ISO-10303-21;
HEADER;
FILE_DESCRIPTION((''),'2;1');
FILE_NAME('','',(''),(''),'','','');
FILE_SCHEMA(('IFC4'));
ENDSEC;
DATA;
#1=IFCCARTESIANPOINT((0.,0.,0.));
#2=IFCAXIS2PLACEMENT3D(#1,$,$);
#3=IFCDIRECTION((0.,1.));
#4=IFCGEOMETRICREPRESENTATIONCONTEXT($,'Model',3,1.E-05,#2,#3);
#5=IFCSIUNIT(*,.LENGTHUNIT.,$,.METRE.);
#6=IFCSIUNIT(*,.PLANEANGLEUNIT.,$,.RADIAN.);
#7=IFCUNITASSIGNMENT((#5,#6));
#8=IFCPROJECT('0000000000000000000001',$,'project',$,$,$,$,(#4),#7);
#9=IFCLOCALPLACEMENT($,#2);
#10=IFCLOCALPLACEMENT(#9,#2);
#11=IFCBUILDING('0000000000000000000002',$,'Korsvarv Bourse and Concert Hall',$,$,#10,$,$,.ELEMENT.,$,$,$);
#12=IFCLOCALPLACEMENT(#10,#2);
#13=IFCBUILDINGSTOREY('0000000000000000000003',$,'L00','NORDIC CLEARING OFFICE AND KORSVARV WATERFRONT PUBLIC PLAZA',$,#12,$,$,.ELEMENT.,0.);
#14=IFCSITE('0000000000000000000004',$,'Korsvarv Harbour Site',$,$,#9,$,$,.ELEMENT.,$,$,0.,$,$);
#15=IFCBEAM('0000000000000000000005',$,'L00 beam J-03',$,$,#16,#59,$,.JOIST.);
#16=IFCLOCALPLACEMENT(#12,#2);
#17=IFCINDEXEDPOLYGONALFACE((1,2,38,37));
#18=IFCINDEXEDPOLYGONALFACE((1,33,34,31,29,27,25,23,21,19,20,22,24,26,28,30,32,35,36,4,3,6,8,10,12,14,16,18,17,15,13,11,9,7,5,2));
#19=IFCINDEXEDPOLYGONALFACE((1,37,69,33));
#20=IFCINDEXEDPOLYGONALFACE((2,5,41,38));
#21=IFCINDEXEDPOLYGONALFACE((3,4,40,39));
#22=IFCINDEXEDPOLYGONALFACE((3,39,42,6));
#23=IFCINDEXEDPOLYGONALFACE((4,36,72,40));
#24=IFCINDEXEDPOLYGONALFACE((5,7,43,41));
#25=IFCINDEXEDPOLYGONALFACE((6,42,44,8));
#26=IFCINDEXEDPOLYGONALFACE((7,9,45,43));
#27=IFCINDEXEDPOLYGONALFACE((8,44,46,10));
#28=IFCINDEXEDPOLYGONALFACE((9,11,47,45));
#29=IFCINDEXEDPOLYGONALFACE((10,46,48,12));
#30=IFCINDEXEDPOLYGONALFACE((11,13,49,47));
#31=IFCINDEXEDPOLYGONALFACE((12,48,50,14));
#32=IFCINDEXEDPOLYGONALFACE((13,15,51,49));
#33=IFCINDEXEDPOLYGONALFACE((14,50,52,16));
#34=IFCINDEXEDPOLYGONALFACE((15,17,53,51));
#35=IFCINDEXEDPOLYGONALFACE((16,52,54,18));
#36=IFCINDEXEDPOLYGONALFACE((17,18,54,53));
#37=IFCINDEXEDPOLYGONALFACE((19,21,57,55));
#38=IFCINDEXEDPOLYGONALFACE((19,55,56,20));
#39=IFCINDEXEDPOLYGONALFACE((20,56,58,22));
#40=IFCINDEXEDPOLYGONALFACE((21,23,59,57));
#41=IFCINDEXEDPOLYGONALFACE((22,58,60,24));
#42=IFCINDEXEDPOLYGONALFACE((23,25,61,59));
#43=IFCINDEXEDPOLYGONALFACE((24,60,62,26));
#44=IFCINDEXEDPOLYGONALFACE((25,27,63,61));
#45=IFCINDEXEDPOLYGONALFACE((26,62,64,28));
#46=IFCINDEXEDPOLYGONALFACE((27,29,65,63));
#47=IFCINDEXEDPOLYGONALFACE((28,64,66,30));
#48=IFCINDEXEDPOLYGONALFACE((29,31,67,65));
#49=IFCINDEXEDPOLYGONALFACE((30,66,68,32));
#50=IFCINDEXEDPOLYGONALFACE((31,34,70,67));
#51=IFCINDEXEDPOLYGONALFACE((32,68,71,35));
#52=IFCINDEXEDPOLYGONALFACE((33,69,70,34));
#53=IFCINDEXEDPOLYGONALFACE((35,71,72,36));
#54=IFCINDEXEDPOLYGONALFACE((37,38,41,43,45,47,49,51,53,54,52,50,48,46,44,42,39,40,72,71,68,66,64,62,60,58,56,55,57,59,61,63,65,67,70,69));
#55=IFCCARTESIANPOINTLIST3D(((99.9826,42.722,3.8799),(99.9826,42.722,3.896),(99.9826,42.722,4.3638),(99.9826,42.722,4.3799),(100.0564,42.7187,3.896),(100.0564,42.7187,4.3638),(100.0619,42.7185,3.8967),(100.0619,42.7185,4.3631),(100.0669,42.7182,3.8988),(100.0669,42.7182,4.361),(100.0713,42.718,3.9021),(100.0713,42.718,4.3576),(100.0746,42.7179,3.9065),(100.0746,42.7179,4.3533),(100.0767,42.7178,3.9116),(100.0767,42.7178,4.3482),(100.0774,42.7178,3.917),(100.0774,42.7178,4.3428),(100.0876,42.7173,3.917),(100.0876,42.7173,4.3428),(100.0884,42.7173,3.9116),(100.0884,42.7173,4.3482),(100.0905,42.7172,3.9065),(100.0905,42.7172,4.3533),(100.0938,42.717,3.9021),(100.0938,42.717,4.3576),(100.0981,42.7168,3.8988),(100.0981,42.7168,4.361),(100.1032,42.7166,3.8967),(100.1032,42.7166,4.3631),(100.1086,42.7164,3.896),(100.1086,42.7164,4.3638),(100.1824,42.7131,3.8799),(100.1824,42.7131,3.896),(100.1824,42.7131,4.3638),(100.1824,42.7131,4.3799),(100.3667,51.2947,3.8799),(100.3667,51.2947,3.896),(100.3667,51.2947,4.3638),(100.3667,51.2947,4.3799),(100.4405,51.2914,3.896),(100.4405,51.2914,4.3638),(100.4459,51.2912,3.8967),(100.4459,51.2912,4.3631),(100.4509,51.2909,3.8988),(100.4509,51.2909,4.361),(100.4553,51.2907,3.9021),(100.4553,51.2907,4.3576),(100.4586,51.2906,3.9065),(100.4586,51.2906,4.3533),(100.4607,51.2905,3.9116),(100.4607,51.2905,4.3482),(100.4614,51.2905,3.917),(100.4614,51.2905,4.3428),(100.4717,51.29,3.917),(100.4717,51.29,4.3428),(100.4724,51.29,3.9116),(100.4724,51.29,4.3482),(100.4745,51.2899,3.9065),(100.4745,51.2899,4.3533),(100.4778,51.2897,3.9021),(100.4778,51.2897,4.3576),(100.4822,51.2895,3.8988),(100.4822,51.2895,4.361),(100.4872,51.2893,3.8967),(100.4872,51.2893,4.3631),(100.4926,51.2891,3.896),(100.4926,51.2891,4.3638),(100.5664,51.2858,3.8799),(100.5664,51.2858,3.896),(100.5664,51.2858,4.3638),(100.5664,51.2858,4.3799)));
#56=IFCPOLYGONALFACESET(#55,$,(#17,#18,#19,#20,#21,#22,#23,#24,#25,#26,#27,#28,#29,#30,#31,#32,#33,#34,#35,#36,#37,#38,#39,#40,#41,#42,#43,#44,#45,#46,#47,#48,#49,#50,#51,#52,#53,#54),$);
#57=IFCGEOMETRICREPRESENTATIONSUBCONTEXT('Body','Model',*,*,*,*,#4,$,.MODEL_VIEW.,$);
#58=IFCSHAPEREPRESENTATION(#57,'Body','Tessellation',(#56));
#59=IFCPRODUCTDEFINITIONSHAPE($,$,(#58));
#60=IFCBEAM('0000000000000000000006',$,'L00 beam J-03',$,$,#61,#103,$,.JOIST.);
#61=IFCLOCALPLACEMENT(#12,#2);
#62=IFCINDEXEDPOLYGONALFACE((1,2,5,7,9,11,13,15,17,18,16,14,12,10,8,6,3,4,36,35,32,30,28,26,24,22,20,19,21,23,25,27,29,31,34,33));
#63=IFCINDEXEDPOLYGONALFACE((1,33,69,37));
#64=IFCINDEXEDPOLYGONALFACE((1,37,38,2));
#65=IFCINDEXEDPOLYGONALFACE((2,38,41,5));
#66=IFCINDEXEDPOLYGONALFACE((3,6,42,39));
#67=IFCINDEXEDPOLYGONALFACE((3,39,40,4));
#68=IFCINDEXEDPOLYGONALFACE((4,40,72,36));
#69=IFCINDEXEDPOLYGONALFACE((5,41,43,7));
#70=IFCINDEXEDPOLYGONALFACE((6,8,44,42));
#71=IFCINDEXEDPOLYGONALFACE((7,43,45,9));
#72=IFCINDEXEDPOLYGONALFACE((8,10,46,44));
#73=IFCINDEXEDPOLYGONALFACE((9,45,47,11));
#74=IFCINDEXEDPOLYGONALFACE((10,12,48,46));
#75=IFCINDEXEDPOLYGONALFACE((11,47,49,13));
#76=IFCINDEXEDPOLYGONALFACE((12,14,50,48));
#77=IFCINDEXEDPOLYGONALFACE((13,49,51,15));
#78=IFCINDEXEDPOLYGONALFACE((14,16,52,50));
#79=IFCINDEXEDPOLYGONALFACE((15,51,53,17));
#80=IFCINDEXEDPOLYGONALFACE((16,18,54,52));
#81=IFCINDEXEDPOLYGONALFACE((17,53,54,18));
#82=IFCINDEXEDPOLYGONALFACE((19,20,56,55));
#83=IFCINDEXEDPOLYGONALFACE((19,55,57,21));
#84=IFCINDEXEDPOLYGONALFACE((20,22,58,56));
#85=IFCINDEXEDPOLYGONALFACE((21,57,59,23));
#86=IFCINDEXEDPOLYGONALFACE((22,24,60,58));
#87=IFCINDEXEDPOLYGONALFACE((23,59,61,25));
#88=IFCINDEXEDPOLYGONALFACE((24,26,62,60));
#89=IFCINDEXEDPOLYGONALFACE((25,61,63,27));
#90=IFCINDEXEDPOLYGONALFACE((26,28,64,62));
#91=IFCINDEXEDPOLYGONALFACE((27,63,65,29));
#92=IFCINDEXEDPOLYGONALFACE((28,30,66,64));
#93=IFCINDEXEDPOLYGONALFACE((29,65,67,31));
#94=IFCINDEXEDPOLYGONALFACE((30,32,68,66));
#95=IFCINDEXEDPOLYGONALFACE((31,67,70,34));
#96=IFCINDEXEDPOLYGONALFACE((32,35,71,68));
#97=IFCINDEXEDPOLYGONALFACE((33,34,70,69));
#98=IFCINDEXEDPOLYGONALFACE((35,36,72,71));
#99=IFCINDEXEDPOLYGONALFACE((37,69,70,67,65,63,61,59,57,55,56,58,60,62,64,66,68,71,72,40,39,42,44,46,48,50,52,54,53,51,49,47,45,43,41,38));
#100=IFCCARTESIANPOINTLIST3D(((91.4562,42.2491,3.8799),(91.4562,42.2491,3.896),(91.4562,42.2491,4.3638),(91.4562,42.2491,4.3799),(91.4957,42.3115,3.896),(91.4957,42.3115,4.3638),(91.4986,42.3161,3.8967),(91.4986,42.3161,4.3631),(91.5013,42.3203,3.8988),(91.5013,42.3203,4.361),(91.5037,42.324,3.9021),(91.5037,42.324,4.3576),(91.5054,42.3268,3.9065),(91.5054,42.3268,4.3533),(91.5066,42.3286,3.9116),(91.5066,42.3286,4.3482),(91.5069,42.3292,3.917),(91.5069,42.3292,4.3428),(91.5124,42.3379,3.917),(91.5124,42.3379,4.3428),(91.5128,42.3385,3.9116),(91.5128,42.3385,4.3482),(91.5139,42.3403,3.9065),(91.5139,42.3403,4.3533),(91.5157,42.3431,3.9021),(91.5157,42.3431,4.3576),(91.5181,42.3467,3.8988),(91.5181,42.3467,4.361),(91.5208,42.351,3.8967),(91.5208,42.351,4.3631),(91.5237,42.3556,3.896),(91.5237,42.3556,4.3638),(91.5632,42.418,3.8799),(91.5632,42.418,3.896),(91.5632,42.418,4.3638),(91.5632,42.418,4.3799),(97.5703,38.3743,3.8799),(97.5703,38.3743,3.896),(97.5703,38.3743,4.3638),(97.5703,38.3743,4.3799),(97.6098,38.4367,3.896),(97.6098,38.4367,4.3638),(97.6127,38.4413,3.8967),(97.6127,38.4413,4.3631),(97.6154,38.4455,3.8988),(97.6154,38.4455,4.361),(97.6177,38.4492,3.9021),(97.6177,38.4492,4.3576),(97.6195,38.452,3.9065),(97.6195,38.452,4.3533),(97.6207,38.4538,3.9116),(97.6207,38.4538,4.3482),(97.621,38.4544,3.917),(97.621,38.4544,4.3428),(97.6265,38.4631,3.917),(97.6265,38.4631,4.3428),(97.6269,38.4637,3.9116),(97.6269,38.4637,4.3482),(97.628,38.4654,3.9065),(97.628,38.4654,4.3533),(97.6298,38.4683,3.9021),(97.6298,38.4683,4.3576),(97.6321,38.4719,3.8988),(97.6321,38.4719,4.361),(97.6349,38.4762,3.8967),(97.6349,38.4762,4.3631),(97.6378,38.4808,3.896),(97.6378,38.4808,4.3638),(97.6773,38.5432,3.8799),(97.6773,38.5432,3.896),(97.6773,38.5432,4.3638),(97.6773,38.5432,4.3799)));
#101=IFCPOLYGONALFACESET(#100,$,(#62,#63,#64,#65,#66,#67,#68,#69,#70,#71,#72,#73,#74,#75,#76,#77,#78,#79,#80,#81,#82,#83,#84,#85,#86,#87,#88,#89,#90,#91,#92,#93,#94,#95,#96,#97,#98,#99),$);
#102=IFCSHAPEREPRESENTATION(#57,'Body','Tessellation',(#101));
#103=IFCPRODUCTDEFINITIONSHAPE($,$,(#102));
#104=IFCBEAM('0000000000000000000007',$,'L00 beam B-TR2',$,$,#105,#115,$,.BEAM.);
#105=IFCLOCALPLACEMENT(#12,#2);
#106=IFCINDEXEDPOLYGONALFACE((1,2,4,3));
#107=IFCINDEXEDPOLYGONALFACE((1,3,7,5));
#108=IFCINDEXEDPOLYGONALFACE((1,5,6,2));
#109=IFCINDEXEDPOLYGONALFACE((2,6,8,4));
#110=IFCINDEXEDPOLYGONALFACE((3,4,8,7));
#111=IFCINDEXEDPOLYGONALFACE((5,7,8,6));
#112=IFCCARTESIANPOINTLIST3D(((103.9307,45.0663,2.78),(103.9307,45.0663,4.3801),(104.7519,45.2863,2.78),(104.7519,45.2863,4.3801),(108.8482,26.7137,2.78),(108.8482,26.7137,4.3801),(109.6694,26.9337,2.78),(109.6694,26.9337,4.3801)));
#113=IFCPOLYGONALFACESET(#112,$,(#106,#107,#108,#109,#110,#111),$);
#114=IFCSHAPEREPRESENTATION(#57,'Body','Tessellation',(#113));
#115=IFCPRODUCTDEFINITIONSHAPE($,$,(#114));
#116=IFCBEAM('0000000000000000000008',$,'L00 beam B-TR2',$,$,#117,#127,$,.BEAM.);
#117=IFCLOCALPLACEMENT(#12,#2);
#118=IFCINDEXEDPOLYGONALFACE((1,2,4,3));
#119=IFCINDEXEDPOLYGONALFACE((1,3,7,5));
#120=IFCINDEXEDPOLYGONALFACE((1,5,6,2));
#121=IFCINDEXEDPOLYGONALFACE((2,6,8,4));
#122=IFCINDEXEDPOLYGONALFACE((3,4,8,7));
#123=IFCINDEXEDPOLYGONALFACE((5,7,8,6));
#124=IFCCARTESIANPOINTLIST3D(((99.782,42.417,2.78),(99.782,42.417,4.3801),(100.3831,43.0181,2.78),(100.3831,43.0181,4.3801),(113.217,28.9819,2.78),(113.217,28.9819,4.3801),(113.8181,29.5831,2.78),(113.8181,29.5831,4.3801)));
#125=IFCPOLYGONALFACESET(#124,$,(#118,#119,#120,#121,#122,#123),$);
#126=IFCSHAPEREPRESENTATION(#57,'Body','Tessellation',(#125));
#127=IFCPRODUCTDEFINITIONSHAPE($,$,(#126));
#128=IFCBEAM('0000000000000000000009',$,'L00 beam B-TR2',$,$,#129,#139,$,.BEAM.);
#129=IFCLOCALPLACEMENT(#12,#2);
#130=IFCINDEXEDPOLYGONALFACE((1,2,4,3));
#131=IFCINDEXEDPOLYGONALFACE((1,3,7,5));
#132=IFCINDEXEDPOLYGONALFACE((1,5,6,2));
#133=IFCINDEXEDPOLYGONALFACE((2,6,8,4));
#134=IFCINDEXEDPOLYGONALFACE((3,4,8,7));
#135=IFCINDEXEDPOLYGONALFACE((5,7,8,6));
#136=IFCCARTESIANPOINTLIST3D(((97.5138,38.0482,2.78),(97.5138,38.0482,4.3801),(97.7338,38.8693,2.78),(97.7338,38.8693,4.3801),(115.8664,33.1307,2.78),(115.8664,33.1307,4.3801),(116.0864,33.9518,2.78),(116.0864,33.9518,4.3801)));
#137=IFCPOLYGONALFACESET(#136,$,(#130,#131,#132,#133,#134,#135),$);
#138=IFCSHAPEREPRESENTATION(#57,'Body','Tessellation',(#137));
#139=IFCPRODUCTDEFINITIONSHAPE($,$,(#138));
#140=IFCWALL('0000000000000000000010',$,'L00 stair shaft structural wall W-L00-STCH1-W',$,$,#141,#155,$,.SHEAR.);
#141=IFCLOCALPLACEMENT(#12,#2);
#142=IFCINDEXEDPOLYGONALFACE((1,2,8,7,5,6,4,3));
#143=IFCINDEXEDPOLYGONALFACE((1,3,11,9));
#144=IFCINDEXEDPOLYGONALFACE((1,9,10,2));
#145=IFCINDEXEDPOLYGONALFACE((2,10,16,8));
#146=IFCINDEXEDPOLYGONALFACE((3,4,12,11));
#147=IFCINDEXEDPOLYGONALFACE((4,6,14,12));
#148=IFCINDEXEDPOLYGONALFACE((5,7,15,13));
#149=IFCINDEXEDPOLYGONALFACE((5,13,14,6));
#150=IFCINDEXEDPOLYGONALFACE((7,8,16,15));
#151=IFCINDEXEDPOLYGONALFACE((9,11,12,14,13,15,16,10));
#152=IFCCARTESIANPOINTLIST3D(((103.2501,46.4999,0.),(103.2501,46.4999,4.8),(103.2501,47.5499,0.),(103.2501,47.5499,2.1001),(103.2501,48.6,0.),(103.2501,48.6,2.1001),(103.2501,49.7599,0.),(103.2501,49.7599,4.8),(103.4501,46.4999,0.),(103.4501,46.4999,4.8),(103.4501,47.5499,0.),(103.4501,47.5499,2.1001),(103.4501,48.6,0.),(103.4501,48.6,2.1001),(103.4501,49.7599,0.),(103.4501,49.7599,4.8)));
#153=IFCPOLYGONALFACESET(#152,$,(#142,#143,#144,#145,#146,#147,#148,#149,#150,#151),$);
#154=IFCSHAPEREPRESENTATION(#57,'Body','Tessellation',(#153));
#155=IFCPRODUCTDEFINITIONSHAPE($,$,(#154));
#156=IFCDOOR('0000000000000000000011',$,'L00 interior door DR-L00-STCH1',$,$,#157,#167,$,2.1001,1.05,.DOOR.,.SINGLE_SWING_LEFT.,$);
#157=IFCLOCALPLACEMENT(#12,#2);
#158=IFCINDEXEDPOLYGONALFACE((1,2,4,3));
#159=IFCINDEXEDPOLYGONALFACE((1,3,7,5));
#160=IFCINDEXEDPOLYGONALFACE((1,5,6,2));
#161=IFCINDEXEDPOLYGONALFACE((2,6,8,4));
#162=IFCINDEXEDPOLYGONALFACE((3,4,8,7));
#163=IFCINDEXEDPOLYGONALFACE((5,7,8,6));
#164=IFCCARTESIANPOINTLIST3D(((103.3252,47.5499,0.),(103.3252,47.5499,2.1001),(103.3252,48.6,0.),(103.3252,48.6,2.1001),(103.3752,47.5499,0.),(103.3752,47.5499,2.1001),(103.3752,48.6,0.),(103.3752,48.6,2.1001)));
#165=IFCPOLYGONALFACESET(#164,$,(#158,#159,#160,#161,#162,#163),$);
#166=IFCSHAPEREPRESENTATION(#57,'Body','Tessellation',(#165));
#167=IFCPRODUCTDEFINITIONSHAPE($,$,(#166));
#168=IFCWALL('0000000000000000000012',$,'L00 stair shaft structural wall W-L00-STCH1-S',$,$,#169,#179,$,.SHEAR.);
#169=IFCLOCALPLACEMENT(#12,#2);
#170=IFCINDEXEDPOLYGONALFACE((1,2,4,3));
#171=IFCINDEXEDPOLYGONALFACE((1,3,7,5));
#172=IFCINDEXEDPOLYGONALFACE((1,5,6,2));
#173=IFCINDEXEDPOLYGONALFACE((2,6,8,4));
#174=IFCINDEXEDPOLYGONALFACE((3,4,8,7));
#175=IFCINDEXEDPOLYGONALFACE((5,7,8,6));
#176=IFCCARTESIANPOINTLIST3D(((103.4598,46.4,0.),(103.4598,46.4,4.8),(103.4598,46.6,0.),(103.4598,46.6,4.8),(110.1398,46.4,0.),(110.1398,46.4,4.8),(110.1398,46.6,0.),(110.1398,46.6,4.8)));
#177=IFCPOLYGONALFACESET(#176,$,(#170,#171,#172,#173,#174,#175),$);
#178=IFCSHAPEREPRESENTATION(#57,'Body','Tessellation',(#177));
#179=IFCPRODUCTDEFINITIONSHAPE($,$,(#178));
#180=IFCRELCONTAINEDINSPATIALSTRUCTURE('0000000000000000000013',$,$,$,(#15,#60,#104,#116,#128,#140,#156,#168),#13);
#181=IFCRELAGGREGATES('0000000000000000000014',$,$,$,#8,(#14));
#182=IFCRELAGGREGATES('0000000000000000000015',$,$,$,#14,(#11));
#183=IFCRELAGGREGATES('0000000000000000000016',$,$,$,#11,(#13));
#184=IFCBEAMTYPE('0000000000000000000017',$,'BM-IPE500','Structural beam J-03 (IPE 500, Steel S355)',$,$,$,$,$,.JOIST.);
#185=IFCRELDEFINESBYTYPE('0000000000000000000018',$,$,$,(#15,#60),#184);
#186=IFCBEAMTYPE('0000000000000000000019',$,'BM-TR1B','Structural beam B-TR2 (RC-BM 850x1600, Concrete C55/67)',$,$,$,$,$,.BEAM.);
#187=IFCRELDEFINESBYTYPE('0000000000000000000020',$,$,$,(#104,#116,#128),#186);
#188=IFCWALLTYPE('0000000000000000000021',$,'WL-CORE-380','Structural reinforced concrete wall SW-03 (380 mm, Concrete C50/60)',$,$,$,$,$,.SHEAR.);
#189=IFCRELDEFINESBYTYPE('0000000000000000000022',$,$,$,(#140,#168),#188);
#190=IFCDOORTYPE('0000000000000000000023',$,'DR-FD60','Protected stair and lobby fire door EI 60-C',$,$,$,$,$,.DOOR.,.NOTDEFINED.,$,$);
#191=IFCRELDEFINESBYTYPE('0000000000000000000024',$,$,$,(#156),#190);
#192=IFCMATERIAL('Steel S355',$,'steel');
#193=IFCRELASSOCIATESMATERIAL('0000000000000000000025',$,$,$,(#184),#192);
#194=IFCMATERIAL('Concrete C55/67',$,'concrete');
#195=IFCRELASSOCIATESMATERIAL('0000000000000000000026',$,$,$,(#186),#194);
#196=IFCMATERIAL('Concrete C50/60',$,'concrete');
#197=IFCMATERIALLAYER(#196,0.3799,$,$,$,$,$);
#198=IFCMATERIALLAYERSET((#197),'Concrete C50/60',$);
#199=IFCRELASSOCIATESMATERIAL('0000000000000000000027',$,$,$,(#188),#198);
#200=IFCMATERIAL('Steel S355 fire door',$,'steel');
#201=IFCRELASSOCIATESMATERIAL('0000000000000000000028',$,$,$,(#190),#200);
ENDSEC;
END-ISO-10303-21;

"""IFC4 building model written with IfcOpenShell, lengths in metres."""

from ifc_helpers import new_model, si_unit, direction, frame, frame_2d, origin, origin_2d, place, context, subcontext, project, spatial, rectangle, i_section, extrude, source, transform, mapped, material, layer, layer_set, material_profile, profile_set, type_object, element, fill, save


model = new_model("IFC4")

# Units and contexts
model_context = context("Model", 3, precision=1e-05, world=origin(), true_north=direction((0.0, 1.0)))
body_context = subcontext(model_context, "Body", "Model", "MODEL_VIEW")
ifc_project = project(units=[si_unit("LENGTHUNIT", "METRE"), si_unit("PLANEANGLEUNIT", "RADIAN")], contexts=[model_context])

# Site, building, storey
site_placement = place(None, origin())
site = spatial("IfcSite", under=ifc_project, at=site_placement, Name="Korsvarv Harbour Site", CompositionType="ELEMENT", RefElevation=0.0)
building_placement = place(site_placement, origin())
building = spatial("IfcBuilding", under=site, at=building_placement, Name="Korsvarv Bourse and Concert Hall", CompositionType="ELEMENT")
storey_placement = place(building_placement, origin())
storey = spatial("IfcBuildingStorey", under=building, at=storey_placement, Name="L00", Description="NORDIC CLEARING OFFICE AND KORSVARV WATERFRONT PUBLIC PLAZA", CompositionType="ELEMENT", Elevation=0.0)

# Shared definitions
ifc_material_1 = material(Name="Concrete C50/60", Category="concrete")

# Beams
ifc_material_2 = material(Name="Steel S355", Category="steel")
ifc_material_profile_1 = material_profile(ifc_material_2, i_section(OverallWidth=0.2, OverallDepth=0.5, WebThickness=0.0103, FlangeThickness=0.0161, FilletRadius=0.021, at=origin_2d()), Name="IPE 500")
ifc_profile_set_1 = profile_set([ifc_material_profile_1], Name="Steel S355")
beam_type_1 = type_object("IfcBeamType", Name="BM-IPE500", Description="Structural beam J-03 (IPE 500, Steel S355)", PredefinedType="JOIST", material=ifc_profile_set_1)
shared_shape_1 = source(origin(), body_context, "Body", "SweptSolid", [
    extrude(i_section(OverallWidth=0.2, OverallDepth=0.5, WebThickness=0.0103, FlangeThickness=0.0161, FilletRadius=0.021, at=origin_2d()), origin(), (0.0, 0.0, 1.0), 8.5813),
])
beam_1_placement = place(storey_placement, frame((100.0825, 42.7175, 4.1299), z_axis=(0.044752, 0.998998, 0.0), x_axis=(-0.998998, 0.044752, 0.0)))
element("IfcBeam", 1, at=beam_1_placement, inside=storey, type_object=beam_type_1, Name="L00 beam J-03", PredefinedType="JOIST", context=body_context, shape_type="MappedRepresentation", body=[
    mapped(shared_shape_1, transform((0.0, 0.0, 0.0), scale=1.0)),
])
shared_shape_2 = source(origin(), body_context, "Body", "SweptSolid", [
    extrude(i_section(OverallWidth=0.2, OverallDepth=0.5, WebThickness=0.0103, FlangeThickness=0.0161, FilletRadius=0.021, at=origin_2d()), origin(), (0.0, 0.0, 1.0), 7.2385),
])
beam_2_placement = place(storey_placement, frame((97.6238, 38.4587, 4.1299), z_axis=(-0.84466, 0.535303, 0.0), x_axis=(-0.535303, -0.84466, 0.0)))
element("IfcBeam", 2, at=beam_2_placement, inside=storey, type_object=beam_type_1, Name="L00 beam J-03", PredefinedType="JOIST", context=body_context, shape_type="MappedRepresentation", body=[
    mapped(shared_shape_2, transform((0.0, 0.0, 0.0), scale=1.0)),
])
ifc_material_3 = material(Name="Concrete C55/67", Category="concrete")
ifc_material_profile_2 = material_profile(ifc_material_3, rectangle(XDim=0.8501, YDim=1.6001, at=origin_2d()), Name="RC-BM 850x1600")
ifc_profile_set_2 = profile_set([ifc_material_profile_2], Name="Concrete C55/67")
beam_type_2 = type_object("IfcBeamType", Name="BM-TR1B", Description="Structural beam B-TR2 (RC-BM 850x1600, Concrete C55/67)", PredefinedType="BEAM", material=ifc_profile_set_2)
shared_shape_3 = source(origin(), body_context, "Body", "SweptSolid", [
    extrude(rectangle(XDim=0.8501, YDim=1.6001, at=origin_2d()), origin(), (0.0, 0.0, 1.0), 19.0),
])
for number, where, z_axis, x_axis, name in (
    (3, (104.3413, 45.1763, 3.5801), (0.258816, -0.965927, 0.0), (0.965927, 0.258816, 0.0), "L00 beam B-TR2"),
    (4, (100.0825, 42.7175, 3.5801), (0.707107, -0.707107, 0.0), (0.707107, 0.707107, 0.0), "L00 beam B-TR2"),
    (5, (97.6238, 38.4587, 3.5801), (0.965927, -0.258816, 0.0), (0.258816, 0.965927, 0.0), "L00 beam B-TR2"),
):
    element("IfcBeam", number, at=place(storey_placement, frame(where, z_axis=z_axis, x_axis=x_axis)), inside=storey, type_object=beam_type_2, Name=name, PredefinedType="BEAM", context=body_context, shape_type="MappedRepresentation", body=[
        mapped(shared_shape_3, transform((0.0, 0.0, 0.0), scale=1.0)),
    ])

# Wall, opening, door
ifc_layer_1 = layer(ifc_material_1, 0.3799)
ifc_layer_set_1 = layer_set([ifc_layer_1], Name="Concrete C50/60")
wall_type_1 = type_object("IfcWallType", Name="WL-CORE-380", Description="Structural reinforced concrete wall SW-03 (380 mm, Concrete C50/60)", PredefinedType="SHEAR", material=ifc_layer_set_1)
wall_1_placement = place(storey_placement, frame((103.3501, 46.5, 0.0), z_axis=(0.0, 0.0, 1.0), x_axis=(0.0, 1.0, 0.0)))
wall_1 = element("IfcWall", 6, at=wall_1_placement, inside=storey, type_object=wall_type_1, Name="L00 stair shaft structural wall W-L00-STCH1-W", PredefinedType="SHEAR", context=body_context, shape_type="SweptSolid", body=[
    extrude(rectangle(XDim=3.26, YDim=0.2, at=frame_2d((1.6299, 0.0))), origin(), (0.0, 0.0, 1.0), 4.8),
])
opening_1_placement = place(wall_1_placement, frame((1.05, 0.0, 0.0)))
opening_1 = element("IfcOpeningElement", 7, at=opening_1_placement, cuts=wall_1, PredefinedType="OPENING", context=body_context, shape_type="SweptSolid", body=[
    extrude(rectangle(XDim=1.05, YDim=2.1001, at=frame_2d((0.5249, 1.05))), frame((0.0, 0.1099, 0.0), z_axis=(0.0, -1.0, 0.0), x_axis=(1.0, 0.0, 0.0)), (0.0, 0.0, 1.0), 0.22),
])
ifc_material_4 = material(Name="Steel S355 fire door", Category="steel")
door_type_1 = type_object("IfcDoorType", Name="DR-FD60", Description="Protected stair and lobby fire door EI 60-C", OperationType="NOTDEFINED", PredefinedType="DOOR", material=ifc_material_4)
door_1_placement = place(opening_1_placement, origin())
door_1 = element("IfcDoor", 8, at=door_1_placement, inside=storey, type_object=door_type_1, Name="L00 interior door DR-L00-STCH1", OperationType="SINGLE_SWING_LEFT", OverallHeight=2.1001, OverallWidth=1.05, PredefinedType="DOOR", context=body_context, shape_type="SweptSolid", body=[
    extrude(rectangle(XDim=1.05, YDim=2.1001, at=frame_2d((0.5249, 1.05))), frame((0.0, 0.0249, 0.0), z_axis=(0.0, -1.0, 0.0), x_axis=(1.0, 0.0, 0.0)), (0.0, 0.0, 1.0), 0.05),
])
fill(opening_1, door_1)

# Wall
wall_2_placement = place(storey_placement, frame((103.46, 46.5, 0.0), z_axis=(0.0, 0.0, 1.0), x_axis=(1.0, 0.0, 0.0)))
element("IfcWall", 9, at=wall_2_placement, inside=storey, type_object=wall_type_1, Name="L00 stair shaft structural wall W-L00-STCH1-S", PredefinedType="SHEAR", context=body_context, shape_type="SweptSolid", body=[
    extrude(rectangle(XDim=6.6799, YDim=0.2, at=frame_2d((3.3398, 0.0))), origin(), (0.0, 0.0, 1.0), 4.8),
])

save(model, "model.ifc")
